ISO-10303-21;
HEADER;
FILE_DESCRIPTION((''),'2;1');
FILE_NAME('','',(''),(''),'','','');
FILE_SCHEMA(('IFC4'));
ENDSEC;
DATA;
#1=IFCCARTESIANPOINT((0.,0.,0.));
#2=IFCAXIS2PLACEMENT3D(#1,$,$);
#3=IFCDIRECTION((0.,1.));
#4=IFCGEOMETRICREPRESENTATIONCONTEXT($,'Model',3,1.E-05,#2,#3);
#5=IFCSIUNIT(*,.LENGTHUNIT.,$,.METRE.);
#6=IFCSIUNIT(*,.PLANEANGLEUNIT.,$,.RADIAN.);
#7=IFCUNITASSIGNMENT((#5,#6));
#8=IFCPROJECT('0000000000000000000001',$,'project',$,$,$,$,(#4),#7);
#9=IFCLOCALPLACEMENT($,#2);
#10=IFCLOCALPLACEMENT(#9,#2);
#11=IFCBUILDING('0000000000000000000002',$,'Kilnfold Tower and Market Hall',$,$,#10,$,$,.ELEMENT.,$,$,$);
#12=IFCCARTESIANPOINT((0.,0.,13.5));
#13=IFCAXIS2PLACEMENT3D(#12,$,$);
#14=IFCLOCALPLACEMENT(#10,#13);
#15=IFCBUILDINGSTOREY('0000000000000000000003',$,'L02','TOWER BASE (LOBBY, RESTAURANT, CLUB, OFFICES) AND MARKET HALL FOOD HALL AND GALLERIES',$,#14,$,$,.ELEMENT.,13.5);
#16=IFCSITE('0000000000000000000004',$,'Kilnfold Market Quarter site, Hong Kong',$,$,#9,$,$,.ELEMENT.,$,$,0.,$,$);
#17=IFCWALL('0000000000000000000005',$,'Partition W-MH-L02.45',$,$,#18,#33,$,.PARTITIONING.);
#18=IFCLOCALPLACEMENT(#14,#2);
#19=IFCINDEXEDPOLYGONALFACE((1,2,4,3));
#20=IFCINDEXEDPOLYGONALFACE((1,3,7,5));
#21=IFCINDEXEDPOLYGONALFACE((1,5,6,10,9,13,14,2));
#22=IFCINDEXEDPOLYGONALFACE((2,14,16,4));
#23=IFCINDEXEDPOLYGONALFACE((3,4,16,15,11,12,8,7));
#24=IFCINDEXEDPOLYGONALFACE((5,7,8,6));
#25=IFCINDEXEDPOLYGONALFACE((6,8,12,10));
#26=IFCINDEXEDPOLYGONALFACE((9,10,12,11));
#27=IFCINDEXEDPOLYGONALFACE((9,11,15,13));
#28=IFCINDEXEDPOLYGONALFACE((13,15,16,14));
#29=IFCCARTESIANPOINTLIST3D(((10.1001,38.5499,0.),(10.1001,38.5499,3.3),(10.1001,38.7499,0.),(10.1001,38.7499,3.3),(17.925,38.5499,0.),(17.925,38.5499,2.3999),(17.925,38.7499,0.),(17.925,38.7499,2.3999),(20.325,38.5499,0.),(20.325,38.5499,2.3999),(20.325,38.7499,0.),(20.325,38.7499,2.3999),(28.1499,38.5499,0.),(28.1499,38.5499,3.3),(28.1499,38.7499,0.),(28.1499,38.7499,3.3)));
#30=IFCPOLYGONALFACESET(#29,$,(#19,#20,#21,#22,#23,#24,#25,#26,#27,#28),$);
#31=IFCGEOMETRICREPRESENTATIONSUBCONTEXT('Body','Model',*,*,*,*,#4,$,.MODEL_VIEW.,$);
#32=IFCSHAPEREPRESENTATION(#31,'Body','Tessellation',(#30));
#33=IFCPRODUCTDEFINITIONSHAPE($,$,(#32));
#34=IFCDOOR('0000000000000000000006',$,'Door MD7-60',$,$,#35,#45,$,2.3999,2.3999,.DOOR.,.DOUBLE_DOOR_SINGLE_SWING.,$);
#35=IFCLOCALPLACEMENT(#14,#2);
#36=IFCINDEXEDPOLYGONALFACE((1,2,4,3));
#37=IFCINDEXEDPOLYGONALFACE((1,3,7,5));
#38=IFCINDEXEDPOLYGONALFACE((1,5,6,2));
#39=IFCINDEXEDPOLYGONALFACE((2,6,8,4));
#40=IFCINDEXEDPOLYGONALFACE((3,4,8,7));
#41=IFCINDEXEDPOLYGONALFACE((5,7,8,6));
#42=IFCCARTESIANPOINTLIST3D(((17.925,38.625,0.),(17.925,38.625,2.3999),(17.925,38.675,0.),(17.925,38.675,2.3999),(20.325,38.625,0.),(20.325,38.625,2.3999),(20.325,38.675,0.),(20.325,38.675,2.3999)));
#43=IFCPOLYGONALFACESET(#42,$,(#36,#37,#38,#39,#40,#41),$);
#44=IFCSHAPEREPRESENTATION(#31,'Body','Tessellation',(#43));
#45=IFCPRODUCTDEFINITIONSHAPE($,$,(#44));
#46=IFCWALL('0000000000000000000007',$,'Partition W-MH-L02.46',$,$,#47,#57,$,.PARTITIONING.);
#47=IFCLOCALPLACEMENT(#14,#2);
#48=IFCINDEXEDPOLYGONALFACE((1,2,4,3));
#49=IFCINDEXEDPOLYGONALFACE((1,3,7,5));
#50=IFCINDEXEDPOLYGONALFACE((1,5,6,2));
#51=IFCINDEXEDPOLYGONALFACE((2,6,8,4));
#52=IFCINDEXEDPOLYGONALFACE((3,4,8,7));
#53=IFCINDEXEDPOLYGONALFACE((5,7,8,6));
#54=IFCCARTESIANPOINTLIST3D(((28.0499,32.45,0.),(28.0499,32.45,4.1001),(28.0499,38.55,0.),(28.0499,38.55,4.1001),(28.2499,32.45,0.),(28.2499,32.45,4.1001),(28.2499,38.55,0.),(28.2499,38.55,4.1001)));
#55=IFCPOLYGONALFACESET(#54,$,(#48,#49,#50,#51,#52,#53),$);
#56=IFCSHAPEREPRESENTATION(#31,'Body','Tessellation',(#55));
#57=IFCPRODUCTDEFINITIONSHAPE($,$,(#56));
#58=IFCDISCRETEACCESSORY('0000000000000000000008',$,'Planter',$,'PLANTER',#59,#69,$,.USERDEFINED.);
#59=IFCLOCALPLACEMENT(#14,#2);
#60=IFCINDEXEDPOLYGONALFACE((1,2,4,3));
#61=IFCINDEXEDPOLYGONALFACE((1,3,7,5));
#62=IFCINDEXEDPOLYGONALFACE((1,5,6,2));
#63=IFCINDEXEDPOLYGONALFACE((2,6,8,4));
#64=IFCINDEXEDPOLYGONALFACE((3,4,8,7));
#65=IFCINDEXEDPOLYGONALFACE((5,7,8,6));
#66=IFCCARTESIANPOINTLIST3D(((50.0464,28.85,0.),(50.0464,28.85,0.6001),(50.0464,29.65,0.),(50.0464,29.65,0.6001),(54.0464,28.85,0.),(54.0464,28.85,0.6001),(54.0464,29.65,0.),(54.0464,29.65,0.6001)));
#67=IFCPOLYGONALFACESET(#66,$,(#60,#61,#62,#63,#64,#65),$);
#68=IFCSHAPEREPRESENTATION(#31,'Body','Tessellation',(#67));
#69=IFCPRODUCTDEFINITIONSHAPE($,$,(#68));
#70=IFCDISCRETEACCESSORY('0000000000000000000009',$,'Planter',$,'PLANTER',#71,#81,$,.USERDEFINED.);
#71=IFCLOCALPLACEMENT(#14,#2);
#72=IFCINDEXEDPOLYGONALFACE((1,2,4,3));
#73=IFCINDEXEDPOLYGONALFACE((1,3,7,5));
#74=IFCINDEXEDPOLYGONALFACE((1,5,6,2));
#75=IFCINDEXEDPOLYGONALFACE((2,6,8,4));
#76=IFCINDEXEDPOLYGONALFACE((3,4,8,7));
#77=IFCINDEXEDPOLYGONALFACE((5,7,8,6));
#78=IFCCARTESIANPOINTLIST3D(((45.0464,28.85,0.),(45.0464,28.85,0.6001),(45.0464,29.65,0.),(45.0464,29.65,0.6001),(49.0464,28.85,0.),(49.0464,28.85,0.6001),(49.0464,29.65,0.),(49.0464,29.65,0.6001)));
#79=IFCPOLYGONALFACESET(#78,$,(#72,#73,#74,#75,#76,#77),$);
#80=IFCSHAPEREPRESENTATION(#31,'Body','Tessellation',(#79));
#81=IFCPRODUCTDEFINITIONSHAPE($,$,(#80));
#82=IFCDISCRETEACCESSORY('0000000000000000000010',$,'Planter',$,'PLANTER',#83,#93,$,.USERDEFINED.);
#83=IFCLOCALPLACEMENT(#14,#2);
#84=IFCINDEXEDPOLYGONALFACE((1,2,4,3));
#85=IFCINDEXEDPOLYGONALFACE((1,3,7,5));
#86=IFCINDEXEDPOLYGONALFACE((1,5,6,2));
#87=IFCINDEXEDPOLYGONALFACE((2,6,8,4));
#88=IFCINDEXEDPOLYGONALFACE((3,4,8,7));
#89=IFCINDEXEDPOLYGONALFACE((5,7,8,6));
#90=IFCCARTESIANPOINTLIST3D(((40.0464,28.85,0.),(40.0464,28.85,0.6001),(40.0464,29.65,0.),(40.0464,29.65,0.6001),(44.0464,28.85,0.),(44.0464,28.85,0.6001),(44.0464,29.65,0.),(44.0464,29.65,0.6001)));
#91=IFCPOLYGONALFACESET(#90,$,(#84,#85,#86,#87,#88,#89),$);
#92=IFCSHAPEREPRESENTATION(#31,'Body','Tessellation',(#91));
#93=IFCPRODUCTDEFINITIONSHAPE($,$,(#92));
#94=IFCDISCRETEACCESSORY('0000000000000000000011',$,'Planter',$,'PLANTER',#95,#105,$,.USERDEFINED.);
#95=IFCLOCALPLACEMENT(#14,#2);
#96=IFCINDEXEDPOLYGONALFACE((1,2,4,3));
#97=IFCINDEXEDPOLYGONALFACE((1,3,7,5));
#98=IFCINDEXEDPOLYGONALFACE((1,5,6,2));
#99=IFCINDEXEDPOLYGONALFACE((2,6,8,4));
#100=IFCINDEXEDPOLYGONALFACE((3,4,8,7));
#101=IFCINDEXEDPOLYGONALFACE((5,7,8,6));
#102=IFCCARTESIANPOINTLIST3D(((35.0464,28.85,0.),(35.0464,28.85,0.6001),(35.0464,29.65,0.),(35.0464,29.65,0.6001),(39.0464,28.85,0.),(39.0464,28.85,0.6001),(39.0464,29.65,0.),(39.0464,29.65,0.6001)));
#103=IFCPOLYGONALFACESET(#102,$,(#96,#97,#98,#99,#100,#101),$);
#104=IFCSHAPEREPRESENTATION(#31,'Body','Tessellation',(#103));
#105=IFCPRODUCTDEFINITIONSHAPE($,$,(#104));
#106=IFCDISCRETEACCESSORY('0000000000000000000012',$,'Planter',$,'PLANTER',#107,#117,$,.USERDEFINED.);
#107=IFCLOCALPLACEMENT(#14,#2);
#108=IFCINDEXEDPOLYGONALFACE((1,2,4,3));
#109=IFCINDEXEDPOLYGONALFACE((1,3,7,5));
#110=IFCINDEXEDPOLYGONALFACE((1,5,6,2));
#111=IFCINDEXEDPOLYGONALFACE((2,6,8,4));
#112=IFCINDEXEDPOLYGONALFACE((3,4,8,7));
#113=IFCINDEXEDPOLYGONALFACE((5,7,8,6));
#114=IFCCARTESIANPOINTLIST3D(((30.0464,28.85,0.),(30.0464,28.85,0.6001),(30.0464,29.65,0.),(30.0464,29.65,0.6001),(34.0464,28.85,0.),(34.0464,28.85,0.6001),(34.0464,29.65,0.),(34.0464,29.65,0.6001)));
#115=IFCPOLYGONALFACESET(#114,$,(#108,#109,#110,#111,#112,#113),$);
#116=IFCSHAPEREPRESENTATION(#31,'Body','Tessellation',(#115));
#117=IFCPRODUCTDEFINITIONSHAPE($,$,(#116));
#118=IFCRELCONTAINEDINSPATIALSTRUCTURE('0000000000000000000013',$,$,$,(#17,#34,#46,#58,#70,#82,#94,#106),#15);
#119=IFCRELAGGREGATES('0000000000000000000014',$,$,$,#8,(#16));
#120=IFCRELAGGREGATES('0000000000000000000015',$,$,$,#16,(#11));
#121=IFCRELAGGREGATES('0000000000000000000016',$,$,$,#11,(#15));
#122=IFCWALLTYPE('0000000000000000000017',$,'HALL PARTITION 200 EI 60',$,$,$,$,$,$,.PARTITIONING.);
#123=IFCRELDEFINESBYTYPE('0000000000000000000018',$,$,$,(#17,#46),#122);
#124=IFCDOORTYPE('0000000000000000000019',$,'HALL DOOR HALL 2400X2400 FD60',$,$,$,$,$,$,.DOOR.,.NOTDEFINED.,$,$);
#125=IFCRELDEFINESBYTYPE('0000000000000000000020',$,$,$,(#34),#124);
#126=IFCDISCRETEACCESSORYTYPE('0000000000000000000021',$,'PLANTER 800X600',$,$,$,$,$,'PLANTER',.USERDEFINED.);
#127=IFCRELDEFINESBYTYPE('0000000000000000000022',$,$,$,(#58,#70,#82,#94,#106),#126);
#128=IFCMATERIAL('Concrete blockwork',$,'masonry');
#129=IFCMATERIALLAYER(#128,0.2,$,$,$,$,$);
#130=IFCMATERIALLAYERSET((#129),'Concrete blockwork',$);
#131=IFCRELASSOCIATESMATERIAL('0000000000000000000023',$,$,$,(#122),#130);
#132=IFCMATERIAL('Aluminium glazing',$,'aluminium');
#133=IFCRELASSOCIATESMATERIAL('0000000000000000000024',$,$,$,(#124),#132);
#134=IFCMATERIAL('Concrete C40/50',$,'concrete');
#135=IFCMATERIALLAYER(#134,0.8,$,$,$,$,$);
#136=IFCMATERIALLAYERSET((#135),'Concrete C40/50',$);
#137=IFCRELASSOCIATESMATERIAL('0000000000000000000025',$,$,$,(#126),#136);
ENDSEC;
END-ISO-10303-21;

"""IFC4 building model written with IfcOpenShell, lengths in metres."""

from ifc_helpers import new_model, si_unit, direction, frame, frame_2d, origin, origin_2d, place, context, subcontext, project, spatial, rectangle, extrude, source, transform, mapped, material, layer, layer_set, type_object, element, fill, save


model = new_model("IFC4")

# Units and contexts
model_context = context("Model", 3, precision=1e-05, world=origin(), true_north=direction((0.0, 1.0)))
body_context = subcontext(model_context, "Body", "Model", "MODEL_VIEW")
ifc_project = project(units=[si_unit("LENGTHUNIT", "METRE"), si_unit("PLANEANGLEUNIT", "RADIAN")], contexts=[model_context])

# Site, building, storey
site_placement = place(None, origin())
site = spatial("IfcSite", under=ifc_project, at=site_placement, Name="Kilnfold Market Quarter site, Hong Kong", CompositionType="ELEMENT", RefElevation=0.0)
building_placement = place(site_placement, origin())
building = spatial("IfcBuilding", under=site, at=building_placement, Name="Kilnfold Tower and Market Hall", CompositionType="ELEMENT")
storey_placement = place(building_placement, frame((0.0, 0.0, 13.5)))
storey = spatial("IfcBuildingStorey", under=building, at=storey_placement, Name="L02", Description="TOWER BASE (LOBBY, RESTAURANT, CLUB, OFFICES) AND MARKET HALL FOOD HALL AND GALLERIES", CompositionType="ELEMENT", Elevation=13.5)

# Wall, opening, door
ifc_material_1 = material(Name="Concrete blockwork", Category="masonry")
ifc_layer_1 = layer(ifc_material_1, 0.2)
ifc_layer_set_1 = layer_set([ifc_layer_1], Name="Concrete blockwork")
wall_type_1 = type_object("IfcWallType", Name="HALL PARTITION 200 EI 60", PredefinedType="PARTITIONING", material=ifc_layer_set_1)
shared_shape_1 = source(origin(), body_context, "Body", "SweptSolid", [
    extrude(rectangle(XDim=18.0498, YDim=0.2, at=frame_2d((9.0249, 0.0))), origin(), (0.0, 0.0, 1.0), 3.3),
])
wall_1_placement = place(storey_placement, frame((28.1499, 38.6499, 0.0), z_axis=(0.0, 0.0, 1.0), x_axis=(-1.0, 0.0, 0.0)))
wall_1 = element("IfcWall", 1, at=wall_1_placement, inside=storey, type_object=wall_type_1, Name="Partition W-MH-L02.45", PredefinedType="PARTITIONING", context=body_context, shape_type="MappedRepresentation", body=[
    mapped(shared_shape_1, transform((0.0, 0.0, 0.0))),
])
opening_1_placement = place(wall_1_placement, frame((7.825, 0.0, 0.0)))
opening_1 = element("IfcOpeningElement", 2, at=opening_1_placement, cuts=wall_1, PredefinedType="OPENING", context=body_context, shape_type="SweptSolid", body=[
    extrude(rectangle(XDim=2.3999, YDim=2.3999, at=frame_2d((1.2, 1.2))), frame((0.0, 0.1099, 0.0), z_axis=(0.0, -1.0, 0.0), x_axis=(1.0, 0.0, 0.0)), (0.0, 0.0, 1.0), 0.22),
])
ifc_material_2 = material(Name="Aluminium glazing", Category="aluminium")
door_type_1 = type_object("IfcDoorType", Name="HALL DOOR HALL 2400X2400 FD60", OperationType="NOTDEFINED", PredefinedType="DOOR", material=ifc_material_2)
door_1_placement = place(opening_1_placement, origin())
door_1 = element("IfcDoor", 3, at=door_1_placement, inside=storey, type_object=door_type_1, Name="Door MD7-60", OperationType="DOUBLE_DOOR_SINGLE_SWING", OverallHeight=2.3999, OverallWidth=2.3999, PredefinedType="DOOR", context=body_context, shape_type="SweptSolid", body=[
    extrude(rectangle(XDim=2.3999, YDim=2.3999, at=frame_2d((1.2, 1.2))), frame((0.0, 0.0249, 0.0), z_axis=(0.0, -1.0, 0.0), x_axis=(1.0, 0.0, 0.0)), (0.0, 0.0, 1.0), 0.05),
])
fill(opening_1, door_1)

# Wall
shared_shape_2 = source(origin(), body_context, "Body", "SweptSolid", [
    extrude(rectangle(XDim=6.1001, YDim=0.2, at=frame_2d((3.05, 0.0))), origin(), (0.0, 0.0, 1.0), 4.1001),
])
wall_2_placement = place(storey_placement, frame((28.1499, 38.55, 0.0), z_axis=(0.0, 0.0, 1.0), x_axis=(0.0, -1.0, 0.0)))
element("IfcWall", 4, at=wall_2_placement, inside=storey, type_object=wall_type_1, Name="Partition W-MH-L02.46", PredefinedType="PARTITIONING", context=body_context, shape_type="MappedRepresentation", body=[
    mapped(shared_shape_2, transform((0.0, 0.0, 0.0))),
])

# Discrete accessories
ifc_material_3 = material(Name="Concrete C40/50", Category="concrete")
ifc_layer_2 = layer(ifc_material_3, 0.8)
ifc_layer_set_2 = layer_set([ifc_layer_2], Name="Concrete C40/50")
discrete_accessory_type = type_object("IfcDiscreteAccessoryType", Name="PLANTER 800X600", ElementType="PLANTER", PredefinedType="USERDEFINED", material=ifc_layer_set_2)
shared_shape_3 = source(origin(), body_context, "Body", "SweptSolid", [
    extrude(rectangle(XDim=4.0, YDim=0.8, at=origin_2d()), origin(), (0.0, 0.0, 1.0), 0.6001),
])
for number, where, z_axis, x_axis, name in (
    (5, (52.0464, 29.25, 0.0), (0.0, 0.0, 1.0), (-1.0, 0.0, 0.0), "Planter"),
    (6, (47.0464, 29.25, 0.0), (0.0, 0.0, 1.0), (-1.0, 0.0, 0.0), "Planter"),
    (7, (42.0464, 29.25, 0.0), (0.0, 0.0, 1.0), (-1.0, 0.0, 0.0), "Planter"),
    (8, (37.0464, 29.25, 0.0), (0.0, 0.0, 1.0), (-1.0, 0.0, 0.0), "Planter"),
    (9, (32.0464, 29.25, 0.0), (0.0, 0.0, 1.0), (-1.0, 0.0, 0.0), "Planter"),
):
    element("IfcDiscreteAccessory", number, at=place(storey_placement, frame(where, z_axis=z_axis, x_axis=x_axis)), inside=storey, type_object=discrete_accessory_type, Name=name, ObjectType="PLANTER", PredefinedType="USERDEFINED", context=body_context, shape_type="MappedRepresentation", body=[
        mapped(shared_shape_3, transform((0.0, 0.0, 0.0))),
    ])

save(model, "model.ifc")
